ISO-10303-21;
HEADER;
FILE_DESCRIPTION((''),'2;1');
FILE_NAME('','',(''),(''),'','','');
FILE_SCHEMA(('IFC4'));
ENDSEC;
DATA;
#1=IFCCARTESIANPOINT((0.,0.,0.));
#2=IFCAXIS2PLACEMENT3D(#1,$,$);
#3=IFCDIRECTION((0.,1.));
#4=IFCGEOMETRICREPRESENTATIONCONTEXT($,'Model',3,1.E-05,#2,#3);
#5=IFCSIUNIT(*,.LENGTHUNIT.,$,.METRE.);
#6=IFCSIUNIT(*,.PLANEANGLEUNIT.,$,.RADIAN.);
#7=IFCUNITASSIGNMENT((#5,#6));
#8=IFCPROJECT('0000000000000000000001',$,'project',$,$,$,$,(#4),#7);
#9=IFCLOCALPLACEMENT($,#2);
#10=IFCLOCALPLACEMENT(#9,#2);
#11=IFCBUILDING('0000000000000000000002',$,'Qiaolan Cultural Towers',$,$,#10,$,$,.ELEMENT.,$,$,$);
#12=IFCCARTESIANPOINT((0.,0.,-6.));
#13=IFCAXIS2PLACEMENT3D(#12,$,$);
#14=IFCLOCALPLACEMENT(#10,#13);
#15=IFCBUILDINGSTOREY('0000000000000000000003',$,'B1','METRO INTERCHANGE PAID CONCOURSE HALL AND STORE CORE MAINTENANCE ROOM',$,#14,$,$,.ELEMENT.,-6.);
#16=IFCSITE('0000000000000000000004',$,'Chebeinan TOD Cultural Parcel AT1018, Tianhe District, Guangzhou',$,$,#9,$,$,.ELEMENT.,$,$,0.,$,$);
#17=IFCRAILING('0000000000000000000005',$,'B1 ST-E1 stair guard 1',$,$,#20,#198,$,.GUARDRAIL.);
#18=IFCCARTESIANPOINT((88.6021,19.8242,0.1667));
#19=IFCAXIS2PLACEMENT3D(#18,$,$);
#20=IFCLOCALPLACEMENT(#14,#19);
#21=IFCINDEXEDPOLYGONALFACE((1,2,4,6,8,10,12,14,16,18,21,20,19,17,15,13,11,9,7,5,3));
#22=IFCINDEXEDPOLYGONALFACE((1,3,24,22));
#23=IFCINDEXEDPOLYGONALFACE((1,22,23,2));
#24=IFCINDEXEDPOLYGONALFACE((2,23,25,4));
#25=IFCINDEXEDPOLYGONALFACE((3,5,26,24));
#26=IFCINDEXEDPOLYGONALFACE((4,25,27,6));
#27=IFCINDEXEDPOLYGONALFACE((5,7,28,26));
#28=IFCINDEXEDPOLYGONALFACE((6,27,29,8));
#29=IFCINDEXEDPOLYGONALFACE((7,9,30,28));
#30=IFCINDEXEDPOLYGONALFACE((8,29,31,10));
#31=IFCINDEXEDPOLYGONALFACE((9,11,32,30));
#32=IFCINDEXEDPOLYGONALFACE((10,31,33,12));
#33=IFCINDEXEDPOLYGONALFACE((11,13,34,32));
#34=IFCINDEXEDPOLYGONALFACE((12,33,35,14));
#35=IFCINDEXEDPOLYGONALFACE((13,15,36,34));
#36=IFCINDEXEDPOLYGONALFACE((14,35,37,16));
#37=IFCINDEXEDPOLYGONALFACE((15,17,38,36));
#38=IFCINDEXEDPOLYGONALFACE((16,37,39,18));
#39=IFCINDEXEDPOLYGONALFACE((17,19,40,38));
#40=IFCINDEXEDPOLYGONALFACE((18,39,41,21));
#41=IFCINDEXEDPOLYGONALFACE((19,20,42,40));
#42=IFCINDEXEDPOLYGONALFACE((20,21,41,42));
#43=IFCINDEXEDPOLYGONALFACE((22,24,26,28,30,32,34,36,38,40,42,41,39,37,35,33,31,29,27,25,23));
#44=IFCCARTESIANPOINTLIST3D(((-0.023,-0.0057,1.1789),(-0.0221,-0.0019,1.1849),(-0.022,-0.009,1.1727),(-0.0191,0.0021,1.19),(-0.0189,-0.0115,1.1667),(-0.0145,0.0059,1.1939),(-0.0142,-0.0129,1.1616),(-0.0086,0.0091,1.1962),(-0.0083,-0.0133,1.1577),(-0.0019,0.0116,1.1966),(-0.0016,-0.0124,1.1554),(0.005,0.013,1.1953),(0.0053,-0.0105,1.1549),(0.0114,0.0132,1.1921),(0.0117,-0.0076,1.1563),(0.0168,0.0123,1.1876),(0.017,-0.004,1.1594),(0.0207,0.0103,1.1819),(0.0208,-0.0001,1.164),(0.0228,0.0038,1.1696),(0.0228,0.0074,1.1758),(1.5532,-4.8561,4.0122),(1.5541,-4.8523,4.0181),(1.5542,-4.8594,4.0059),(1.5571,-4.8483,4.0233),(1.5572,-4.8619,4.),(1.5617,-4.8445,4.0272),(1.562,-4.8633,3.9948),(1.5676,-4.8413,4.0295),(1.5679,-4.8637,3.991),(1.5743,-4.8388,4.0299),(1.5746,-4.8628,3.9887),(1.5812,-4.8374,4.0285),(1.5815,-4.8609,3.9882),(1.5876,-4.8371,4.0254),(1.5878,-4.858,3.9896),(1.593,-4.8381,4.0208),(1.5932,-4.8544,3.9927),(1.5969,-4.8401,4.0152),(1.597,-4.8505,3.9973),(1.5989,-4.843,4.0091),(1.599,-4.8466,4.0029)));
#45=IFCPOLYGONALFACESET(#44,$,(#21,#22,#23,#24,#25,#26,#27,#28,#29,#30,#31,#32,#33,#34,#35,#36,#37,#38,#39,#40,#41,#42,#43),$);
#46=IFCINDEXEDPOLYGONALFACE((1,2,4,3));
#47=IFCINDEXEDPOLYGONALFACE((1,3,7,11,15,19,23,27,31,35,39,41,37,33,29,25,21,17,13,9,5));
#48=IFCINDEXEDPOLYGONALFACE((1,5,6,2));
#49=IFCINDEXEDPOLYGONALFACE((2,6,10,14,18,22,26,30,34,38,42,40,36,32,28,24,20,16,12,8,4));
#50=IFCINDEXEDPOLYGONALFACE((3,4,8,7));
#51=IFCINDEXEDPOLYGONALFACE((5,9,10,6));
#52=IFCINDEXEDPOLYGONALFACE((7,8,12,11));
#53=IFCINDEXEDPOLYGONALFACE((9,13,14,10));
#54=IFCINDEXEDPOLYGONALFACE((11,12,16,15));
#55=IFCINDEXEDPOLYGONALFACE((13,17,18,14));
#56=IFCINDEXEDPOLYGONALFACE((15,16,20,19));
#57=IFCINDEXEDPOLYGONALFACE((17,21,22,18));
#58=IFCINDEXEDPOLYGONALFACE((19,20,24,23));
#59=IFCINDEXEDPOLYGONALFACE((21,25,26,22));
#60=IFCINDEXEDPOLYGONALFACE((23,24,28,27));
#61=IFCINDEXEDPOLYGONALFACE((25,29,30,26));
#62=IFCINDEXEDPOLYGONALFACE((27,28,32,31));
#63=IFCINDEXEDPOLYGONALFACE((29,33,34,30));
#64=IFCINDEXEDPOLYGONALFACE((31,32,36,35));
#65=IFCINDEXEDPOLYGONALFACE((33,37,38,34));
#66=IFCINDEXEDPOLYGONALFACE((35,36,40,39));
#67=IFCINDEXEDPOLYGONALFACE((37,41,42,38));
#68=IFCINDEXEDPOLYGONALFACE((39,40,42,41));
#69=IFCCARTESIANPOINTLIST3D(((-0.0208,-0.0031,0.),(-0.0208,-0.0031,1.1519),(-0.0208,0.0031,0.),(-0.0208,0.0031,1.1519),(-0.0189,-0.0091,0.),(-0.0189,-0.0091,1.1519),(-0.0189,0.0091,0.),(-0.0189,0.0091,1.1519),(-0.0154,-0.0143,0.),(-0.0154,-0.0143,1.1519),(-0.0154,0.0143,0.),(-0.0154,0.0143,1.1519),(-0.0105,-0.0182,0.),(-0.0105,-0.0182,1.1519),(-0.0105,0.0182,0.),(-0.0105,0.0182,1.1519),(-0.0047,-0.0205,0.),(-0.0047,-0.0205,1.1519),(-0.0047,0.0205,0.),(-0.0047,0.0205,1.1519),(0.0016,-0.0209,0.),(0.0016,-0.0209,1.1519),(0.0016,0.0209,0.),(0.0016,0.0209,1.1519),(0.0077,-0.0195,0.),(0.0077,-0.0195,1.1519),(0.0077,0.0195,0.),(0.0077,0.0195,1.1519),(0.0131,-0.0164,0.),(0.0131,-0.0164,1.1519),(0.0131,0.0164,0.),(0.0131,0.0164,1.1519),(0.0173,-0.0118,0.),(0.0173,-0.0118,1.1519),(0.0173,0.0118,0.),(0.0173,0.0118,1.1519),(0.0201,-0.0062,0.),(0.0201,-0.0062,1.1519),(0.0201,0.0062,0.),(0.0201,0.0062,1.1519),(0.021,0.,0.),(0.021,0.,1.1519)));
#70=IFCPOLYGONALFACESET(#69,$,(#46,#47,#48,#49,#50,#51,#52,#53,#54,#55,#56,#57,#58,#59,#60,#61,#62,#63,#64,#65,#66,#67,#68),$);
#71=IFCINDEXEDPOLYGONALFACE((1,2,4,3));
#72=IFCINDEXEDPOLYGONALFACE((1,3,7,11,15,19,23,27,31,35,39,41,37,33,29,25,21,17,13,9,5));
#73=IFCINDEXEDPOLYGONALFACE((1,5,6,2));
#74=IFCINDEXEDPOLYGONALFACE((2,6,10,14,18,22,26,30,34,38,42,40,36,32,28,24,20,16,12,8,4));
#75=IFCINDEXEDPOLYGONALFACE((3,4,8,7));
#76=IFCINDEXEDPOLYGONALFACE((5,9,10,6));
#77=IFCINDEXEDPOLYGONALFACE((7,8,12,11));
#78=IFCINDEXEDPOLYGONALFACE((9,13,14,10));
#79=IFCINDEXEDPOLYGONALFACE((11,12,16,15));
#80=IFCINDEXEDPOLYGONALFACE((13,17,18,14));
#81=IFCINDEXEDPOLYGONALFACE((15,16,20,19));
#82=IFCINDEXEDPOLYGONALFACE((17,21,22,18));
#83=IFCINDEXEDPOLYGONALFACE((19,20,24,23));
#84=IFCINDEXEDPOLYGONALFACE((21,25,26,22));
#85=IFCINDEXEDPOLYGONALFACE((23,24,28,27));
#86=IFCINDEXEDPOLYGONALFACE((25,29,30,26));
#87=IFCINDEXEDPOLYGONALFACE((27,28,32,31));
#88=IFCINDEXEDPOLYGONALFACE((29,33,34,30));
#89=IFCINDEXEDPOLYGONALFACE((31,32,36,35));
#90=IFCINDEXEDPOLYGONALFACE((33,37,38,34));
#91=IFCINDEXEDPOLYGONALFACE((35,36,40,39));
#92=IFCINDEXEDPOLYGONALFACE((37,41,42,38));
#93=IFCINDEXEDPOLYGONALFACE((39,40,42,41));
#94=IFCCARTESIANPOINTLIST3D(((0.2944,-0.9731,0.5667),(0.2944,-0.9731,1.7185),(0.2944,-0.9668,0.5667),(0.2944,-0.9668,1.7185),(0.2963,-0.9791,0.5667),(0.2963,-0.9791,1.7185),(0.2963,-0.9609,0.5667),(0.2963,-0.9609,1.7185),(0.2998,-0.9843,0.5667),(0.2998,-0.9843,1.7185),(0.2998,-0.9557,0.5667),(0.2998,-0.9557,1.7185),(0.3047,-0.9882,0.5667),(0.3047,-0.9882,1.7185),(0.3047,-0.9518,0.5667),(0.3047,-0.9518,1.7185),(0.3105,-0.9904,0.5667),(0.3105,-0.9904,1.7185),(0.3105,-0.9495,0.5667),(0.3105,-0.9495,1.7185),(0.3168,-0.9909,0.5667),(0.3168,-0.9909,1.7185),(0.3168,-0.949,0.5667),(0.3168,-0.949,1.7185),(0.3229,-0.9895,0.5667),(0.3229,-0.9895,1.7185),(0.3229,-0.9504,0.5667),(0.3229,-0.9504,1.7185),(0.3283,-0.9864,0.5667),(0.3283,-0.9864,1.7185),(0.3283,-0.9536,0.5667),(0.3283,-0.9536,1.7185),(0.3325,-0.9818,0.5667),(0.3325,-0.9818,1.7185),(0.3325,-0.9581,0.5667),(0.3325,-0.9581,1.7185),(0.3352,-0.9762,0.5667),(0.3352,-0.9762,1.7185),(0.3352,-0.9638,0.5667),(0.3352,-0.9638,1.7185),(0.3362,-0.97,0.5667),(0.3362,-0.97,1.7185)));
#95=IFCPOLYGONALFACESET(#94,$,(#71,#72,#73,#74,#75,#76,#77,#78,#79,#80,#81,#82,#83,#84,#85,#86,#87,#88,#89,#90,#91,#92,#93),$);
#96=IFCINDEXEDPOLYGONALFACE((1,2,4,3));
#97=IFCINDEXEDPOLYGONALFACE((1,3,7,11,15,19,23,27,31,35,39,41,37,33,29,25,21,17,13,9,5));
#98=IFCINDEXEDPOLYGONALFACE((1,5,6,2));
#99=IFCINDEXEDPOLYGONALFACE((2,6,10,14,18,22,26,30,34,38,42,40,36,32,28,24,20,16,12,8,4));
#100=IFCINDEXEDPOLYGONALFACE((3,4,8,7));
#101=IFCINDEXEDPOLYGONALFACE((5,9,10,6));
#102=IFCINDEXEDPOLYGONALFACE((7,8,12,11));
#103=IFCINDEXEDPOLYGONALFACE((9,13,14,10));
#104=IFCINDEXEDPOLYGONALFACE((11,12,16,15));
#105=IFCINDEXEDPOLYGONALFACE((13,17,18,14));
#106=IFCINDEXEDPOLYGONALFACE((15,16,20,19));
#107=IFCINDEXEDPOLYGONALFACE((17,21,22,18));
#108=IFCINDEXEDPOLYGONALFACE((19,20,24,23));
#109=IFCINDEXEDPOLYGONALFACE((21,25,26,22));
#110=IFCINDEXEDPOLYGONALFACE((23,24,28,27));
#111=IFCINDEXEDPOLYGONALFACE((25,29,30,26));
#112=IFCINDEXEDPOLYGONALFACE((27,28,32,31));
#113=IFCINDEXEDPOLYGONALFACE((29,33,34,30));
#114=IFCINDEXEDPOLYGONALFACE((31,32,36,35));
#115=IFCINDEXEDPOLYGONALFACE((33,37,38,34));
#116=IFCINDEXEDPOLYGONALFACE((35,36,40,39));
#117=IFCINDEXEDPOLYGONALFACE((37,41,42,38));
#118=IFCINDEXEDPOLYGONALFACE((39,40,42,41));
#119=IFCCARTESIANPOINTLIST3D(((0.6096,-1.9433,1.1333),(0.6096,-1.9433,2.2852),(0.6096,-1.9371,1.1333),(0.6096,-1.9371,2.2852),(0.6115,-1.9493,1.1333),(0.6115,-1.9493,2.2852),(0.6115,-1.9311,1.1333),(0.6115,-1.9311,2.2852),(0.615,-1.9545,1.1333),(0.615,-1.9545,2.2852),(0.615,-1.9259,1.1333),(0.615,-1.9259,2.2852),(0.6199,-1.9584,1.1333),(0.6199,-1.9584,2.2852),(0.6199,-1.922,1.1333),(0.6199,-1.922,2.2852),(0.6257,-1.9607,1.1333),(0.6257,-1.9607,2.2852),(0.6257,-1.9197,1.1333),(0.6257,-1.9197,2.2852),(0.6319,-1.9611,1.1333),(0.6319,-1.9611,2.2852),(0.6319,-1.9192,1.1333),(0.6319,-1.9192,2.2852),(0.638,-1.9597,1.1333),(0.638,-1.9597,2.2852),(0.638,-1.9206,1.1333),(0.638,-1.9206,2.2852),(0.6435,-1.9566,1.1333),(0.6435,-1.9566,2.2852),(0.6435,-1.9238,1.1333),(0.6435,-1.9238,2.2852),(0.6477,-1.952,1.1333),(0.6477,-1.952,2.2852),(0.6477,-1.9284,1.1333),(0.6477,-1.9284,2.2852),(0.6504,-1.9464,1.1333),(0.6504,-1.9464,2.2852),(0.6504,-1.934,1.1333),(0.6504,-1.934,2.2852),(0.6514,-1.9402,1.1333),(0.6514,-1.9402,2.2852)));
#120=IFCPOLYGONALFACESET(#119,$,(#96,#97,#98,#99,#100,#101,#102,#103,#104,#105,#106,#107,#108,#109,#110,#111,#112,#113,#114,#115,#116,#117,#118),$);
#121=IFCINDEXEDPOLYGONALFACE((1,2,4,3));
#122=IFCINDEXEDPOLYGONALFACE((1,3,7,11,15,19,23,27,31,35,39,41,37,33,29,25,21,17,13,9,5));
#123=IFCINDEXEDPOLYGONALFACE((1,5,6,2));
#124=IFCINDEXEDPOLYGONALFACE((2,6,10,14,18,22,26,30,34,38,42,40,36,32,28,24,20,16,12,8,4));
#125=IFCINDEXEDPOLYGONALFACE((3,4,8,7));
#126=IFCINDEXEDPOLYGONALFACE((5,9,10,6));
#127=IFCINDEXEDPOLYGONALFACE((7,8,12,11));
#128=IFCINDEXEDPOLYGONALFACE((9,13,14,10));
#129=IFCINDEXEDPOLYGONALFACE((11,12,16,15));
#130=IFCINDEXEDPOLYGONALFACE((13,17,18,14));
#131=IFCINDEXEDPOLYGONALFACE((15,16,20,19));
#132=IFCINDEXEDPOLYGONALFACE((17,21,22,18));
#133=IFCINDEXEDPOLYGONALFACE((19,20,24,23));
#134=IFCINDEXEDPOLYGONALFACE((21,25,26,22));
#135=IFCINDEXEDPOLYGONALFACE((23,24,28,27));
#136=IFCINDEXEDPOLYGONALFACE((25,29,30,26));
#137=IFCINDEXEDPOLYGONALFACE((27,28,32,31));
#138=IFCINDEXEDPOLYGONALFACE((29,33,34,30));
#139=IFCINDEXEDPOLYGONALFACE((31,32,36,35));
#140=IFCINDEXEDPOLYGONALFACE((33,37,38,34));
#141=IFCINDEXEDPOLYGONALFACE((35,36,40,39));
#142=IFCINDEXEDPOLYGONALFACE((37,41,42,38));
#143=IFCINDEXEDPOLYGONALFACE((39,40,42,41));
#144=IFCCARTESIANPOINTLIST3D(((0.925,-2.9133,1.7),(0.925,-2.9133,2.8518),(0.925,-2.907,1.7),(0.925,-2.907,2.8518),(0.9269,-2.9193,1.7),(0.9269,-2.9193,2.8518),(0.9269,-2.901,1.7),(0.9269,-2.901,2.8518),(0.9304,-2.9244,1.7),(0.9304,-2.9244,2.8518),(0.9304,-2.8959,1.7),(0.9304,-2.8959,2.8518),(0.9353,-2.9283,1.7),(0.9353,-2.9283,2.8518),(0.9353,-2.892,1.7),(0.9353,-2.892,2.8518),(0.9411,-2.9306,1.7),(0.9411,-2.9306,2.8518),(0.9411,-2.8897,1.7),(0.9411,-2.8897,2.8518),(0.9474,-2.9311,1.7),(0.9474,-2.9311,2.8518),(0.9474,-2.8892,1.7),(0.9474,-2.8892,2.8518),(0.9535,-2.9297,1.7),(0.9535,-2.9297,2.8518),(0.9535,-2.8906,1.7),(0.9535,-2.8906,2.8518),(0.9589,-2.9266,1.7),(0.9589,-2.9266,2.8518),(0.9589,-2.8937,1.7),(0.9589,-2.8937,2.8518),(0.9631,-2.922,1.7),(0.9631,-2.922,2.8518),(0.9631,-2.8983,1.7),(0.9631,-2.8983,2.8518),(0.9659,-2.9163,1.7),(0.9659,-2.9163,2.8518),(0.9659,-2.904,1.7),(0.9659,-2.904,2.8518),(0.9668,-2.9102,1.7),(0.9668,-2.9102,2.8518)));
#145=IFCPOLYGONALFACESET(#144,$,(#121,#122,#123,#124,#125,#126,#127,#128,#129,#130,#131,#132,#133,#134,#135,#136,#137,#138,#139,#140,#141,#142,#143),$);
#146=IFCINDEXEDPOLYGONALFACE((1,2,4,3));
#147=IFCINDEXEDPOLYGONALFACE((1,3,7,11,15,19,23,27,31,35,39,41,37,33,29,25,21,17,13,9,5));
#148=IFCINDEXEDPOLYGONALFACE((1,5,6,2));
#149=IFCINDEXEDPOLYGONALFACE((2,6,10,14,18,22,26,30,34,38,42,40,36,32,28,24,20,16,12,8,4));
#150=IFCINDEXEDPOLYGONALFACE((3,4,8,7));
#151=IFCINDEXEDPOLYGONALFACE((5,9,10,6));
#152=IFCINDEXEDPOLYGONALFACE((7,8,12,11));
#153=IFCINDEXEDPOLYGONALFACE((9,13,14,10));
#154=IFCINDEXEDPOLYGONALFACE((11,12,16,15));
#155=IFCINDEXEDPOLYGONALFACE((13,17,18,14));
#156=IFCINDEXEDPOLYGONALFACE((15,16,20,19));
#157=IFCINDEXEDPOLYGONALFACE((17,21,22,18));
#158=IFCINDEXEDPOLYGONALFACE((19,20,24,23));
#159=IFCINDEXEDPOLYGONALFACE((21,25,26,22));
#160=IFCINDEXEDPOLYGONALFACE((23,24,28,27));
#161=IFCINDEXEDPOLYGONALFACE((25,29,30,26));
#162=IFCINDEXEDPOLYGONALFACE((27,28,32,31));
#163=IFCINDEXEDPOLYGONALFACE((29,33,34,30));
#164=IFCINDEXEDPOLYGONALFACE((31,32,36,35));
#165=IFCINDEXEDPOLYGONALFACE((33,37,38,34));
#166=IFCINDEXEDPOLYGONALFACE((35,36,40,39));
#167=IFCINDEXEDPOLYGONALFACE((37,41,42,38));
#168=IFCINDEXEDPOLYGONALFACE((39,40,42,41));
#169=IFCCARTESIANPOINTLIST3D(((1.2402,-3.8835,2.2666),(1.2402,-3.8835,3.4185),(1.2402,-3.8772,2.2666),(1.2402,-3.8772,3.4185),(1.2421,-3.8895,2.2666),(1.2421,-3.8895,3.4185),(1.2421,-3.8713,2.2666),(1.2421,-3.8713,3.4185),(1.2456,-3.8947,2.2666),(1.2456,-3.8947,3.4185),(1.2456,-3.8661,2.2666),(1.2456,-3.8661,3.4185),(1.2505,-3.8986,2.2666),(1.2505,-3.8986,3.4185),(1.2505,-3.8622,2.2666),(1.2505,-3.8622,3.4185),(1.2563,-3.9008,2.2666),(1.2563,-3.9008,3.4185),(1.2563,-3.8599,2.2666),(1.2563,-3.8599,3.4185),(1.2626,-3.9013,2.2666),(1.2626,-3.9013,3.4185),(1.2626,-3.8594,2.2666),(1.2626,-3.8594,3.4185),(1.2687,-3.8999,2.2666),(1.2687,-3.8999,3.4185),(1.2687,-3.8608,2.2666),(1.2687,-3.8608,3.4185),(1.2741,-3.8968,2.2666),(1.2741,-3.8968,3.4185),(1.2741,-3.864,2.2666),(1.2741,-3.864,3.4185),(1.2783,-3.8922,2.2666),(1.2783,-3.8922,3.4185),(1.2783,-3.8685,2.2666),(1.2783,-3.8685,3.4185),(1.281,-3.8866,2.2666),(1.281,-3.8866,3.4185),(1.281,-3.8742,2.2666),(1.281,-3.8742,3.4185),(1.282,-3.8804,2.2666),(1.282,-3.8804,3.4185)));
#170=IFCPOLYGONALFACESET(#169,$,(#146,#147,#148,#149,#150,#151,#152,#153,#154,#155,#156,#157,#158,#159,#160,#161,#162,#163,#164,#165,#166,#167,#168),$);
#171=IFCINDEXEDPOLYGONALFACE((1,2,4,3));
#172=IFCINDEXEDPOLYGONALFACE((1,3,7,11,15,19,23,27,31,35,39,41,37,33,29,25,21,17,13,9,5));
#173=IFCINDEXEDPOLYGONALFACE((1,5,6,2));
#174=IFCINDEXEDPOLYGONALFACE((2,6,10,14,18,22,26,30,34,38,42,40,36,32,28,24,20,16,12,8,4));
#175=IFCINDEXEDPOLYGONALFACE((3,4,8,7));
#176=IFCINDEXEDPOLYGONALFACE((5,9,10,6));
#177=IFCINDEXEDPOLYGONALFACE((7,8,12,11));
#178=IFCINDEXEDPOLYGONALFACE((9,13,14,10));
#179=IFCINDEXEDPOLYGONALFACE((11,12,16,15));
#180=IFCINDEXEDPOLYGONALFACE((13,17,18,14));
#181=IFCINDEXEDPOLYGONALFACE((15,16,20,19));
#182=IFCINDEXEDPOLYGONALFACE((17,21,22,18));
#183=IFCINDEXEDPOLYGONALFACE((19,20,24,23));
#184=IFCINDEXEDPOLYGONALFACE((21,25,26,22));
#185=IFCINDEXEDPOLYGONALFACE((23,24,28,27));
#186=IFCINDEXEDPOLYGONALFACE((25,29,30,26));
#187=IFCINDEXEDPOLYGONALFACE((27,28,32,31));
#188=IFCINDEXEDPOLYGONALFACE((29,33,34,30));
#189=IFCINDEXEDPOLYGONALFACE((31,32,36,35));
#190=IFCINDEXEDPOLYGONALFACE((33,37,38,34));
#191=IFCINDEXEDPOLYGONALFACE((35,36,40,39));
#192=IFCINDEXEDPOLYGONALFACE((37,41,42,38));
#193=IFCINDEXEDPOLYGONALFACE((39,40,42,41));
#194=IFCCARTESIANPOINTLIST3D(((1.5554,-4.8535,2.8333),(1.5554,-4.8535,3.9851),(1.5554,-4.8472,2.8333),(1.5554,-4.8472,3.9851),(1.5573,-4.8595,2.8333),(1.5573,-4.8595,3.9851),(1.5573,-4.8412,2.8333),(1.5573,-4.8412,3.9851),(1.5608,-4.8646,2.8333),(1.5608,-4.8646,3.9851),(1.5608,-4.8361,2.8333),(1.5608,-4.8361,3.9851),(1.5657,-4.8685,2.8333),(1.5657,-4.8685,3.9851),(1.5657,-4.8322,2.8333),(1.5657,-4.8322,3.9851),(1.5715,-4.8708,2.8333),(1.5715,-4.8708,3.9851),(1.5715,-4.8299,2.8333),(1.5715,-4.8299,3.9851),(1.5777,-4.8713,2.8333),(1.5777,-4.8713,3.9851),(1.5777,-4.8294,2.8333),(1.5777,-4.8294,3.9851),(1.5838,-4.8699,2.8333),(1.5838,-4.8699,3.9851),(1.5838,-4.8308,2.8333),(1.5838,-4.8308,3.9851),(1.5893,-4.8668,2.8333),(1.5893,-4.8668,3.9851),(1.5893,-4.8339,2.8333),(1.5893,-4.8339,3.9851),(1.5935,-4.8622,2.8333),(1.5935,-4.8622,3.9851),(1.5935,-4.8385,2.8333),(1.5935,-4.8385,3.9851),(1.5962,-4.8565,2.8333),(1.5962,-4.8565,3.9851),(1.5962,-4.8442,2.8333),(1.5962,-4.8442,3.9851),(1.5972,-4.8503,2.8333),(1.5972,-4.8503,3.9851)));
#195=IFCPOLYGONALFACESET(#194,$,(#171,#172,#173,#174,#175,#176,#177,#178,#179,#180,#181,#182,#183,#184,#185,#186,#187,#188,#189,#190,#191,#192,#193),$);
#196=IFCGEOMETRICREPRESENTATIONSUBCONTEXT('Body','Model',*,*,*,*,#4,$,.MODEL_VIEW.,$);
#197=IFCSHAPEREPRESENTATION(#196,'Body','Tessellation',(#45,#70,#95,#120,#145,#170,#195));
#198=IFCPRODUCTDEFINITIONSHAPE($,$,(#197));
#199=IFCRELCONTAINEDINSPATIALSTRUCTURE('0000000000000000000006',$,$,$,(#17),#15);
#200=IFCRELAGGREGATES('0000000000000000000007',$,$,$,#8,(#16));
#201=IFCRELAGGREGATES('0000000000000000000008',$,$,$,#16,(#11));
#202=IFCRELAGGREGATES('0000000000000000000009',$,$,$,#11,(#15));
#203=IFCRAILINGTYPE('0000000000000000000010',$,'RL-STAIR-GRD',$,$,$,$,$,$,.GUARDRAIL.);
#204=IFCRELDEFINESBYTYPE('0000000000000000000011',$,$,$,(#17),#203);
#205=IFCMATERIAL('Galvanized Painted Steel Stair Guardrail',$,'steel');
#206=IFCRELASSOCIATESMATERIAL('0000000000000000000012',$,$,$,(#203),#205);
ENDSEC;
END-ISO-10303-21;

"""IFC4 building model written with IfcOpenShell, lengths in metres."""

from ifc_helpers import new_model, si_unit, direction, frame, origin, origin_2d, place, context, subcontext, project, spatial, circle, extrude, material, type_object, element, save


model = new_model("IFC4")

# Units and contexts
model_context = context("Model", 3, precision=1e-05, world=origin(), true_north=direction((0.0, 1.0)))
body_context = subcontext(model_context, "Body", "Model", "MODEL_VIEW")
ifc_project = project(units=[si_unit("LENGTHUNIT", "METRE"), si_unit("PLANEANGLEUNIT", "RADIAN")], contexts=[model_context])

# Site, building, storey
site_placement = place(None, origin())
site = spatial("IfcSite", under=ifc_project, at=site_placement, Name="Chebeinan TOD Cultural Parcel AT1018, Tianhe District, Guangzhou", CompositionType="ELEMENT", RefElevation=0.0)
building_placement = place(site_placement, origin())
building = spatial("IfcBuilding", under=site, at=building_placement, Name="Qiaolan Cultural Towers", CompositionType="ELEMENT")
storey_placement = place(building_placement, frame((0.0, 0.0, -6.0)))
storey = spatial("IfcBuildingStorey", under=building, at=storey_placement, Name="B1", Description="METRO INTERCHANGE PAID CONCOURSE HALL AND STORE CORE MAINTENANCE ROOM", CompositionType="ELEMENT", Elevation=-6.0)

# Railing
ifc_material_1 = material(Name="Galvanized Painted Steel Stair Guardrail", Category="steel")
railing_type_1 = type_object("IfcRailingType", Name="RL-STAIR-GRD", PredefinedType="GUARDRAIL", material=ifc_material_1)
railing_1_placement = place(storey_placement, frame((88.6021, 19.8242, 0.1667)))
element("IfcRailing", 1, at=railing_1_placement, inside=storey, type_object=railing_type_1, Name="B1 ST-E1 stair guard 1", PredefinedType="GUARDRAIL", context=body_context, shape_type="SweptSolid", body=[
    extrude(circle(Radius=0.0239, at=origin_2d()), frame((0.0, 0.0, 1.1758), z_axis=(0.270162, -0.831369, 0.485631), x_axis=(0.951045, 0.309053, 0.0)), (0.0, 0.0, 1.0), 5.8342),
    extrude(circle(Radius=0.021, at=origin_2d()), origin(), (0.0, 0.0, 1.0), 1.1519),
    extrude(circle(Radius=0.021, at=origin_2d()), frame((0.3152, -0.97, 0.5667)), (0.0, 0.0, 1.0), 1.1519),
    extrude(circle(Radius=0.021, at=origin_2d()), frame((0.6304, -1.9402, 1.1333)), (0.0, 0.0, 1.0), 1.1519),
    extrude(circle(Radius=0.021, at=origin_2d()), frame((0.9458, -2.9102, 1.7)), (0.0, 0.0, 1.0), 1.1519),
    extrude(circle(Radius=0.021, at=origin_2d()), frame((1.261, -3.8804, 2.2666)), (0.0, 0.0, 1.0), 1.1519),
    extrude(circle(Radius=0.021, at=origin_2d()), frame((1.5762, -4.8503, 2.8333)), (0.0, 0.0, 1.0), 1.1519),
])

save(model, "model.ifc")
